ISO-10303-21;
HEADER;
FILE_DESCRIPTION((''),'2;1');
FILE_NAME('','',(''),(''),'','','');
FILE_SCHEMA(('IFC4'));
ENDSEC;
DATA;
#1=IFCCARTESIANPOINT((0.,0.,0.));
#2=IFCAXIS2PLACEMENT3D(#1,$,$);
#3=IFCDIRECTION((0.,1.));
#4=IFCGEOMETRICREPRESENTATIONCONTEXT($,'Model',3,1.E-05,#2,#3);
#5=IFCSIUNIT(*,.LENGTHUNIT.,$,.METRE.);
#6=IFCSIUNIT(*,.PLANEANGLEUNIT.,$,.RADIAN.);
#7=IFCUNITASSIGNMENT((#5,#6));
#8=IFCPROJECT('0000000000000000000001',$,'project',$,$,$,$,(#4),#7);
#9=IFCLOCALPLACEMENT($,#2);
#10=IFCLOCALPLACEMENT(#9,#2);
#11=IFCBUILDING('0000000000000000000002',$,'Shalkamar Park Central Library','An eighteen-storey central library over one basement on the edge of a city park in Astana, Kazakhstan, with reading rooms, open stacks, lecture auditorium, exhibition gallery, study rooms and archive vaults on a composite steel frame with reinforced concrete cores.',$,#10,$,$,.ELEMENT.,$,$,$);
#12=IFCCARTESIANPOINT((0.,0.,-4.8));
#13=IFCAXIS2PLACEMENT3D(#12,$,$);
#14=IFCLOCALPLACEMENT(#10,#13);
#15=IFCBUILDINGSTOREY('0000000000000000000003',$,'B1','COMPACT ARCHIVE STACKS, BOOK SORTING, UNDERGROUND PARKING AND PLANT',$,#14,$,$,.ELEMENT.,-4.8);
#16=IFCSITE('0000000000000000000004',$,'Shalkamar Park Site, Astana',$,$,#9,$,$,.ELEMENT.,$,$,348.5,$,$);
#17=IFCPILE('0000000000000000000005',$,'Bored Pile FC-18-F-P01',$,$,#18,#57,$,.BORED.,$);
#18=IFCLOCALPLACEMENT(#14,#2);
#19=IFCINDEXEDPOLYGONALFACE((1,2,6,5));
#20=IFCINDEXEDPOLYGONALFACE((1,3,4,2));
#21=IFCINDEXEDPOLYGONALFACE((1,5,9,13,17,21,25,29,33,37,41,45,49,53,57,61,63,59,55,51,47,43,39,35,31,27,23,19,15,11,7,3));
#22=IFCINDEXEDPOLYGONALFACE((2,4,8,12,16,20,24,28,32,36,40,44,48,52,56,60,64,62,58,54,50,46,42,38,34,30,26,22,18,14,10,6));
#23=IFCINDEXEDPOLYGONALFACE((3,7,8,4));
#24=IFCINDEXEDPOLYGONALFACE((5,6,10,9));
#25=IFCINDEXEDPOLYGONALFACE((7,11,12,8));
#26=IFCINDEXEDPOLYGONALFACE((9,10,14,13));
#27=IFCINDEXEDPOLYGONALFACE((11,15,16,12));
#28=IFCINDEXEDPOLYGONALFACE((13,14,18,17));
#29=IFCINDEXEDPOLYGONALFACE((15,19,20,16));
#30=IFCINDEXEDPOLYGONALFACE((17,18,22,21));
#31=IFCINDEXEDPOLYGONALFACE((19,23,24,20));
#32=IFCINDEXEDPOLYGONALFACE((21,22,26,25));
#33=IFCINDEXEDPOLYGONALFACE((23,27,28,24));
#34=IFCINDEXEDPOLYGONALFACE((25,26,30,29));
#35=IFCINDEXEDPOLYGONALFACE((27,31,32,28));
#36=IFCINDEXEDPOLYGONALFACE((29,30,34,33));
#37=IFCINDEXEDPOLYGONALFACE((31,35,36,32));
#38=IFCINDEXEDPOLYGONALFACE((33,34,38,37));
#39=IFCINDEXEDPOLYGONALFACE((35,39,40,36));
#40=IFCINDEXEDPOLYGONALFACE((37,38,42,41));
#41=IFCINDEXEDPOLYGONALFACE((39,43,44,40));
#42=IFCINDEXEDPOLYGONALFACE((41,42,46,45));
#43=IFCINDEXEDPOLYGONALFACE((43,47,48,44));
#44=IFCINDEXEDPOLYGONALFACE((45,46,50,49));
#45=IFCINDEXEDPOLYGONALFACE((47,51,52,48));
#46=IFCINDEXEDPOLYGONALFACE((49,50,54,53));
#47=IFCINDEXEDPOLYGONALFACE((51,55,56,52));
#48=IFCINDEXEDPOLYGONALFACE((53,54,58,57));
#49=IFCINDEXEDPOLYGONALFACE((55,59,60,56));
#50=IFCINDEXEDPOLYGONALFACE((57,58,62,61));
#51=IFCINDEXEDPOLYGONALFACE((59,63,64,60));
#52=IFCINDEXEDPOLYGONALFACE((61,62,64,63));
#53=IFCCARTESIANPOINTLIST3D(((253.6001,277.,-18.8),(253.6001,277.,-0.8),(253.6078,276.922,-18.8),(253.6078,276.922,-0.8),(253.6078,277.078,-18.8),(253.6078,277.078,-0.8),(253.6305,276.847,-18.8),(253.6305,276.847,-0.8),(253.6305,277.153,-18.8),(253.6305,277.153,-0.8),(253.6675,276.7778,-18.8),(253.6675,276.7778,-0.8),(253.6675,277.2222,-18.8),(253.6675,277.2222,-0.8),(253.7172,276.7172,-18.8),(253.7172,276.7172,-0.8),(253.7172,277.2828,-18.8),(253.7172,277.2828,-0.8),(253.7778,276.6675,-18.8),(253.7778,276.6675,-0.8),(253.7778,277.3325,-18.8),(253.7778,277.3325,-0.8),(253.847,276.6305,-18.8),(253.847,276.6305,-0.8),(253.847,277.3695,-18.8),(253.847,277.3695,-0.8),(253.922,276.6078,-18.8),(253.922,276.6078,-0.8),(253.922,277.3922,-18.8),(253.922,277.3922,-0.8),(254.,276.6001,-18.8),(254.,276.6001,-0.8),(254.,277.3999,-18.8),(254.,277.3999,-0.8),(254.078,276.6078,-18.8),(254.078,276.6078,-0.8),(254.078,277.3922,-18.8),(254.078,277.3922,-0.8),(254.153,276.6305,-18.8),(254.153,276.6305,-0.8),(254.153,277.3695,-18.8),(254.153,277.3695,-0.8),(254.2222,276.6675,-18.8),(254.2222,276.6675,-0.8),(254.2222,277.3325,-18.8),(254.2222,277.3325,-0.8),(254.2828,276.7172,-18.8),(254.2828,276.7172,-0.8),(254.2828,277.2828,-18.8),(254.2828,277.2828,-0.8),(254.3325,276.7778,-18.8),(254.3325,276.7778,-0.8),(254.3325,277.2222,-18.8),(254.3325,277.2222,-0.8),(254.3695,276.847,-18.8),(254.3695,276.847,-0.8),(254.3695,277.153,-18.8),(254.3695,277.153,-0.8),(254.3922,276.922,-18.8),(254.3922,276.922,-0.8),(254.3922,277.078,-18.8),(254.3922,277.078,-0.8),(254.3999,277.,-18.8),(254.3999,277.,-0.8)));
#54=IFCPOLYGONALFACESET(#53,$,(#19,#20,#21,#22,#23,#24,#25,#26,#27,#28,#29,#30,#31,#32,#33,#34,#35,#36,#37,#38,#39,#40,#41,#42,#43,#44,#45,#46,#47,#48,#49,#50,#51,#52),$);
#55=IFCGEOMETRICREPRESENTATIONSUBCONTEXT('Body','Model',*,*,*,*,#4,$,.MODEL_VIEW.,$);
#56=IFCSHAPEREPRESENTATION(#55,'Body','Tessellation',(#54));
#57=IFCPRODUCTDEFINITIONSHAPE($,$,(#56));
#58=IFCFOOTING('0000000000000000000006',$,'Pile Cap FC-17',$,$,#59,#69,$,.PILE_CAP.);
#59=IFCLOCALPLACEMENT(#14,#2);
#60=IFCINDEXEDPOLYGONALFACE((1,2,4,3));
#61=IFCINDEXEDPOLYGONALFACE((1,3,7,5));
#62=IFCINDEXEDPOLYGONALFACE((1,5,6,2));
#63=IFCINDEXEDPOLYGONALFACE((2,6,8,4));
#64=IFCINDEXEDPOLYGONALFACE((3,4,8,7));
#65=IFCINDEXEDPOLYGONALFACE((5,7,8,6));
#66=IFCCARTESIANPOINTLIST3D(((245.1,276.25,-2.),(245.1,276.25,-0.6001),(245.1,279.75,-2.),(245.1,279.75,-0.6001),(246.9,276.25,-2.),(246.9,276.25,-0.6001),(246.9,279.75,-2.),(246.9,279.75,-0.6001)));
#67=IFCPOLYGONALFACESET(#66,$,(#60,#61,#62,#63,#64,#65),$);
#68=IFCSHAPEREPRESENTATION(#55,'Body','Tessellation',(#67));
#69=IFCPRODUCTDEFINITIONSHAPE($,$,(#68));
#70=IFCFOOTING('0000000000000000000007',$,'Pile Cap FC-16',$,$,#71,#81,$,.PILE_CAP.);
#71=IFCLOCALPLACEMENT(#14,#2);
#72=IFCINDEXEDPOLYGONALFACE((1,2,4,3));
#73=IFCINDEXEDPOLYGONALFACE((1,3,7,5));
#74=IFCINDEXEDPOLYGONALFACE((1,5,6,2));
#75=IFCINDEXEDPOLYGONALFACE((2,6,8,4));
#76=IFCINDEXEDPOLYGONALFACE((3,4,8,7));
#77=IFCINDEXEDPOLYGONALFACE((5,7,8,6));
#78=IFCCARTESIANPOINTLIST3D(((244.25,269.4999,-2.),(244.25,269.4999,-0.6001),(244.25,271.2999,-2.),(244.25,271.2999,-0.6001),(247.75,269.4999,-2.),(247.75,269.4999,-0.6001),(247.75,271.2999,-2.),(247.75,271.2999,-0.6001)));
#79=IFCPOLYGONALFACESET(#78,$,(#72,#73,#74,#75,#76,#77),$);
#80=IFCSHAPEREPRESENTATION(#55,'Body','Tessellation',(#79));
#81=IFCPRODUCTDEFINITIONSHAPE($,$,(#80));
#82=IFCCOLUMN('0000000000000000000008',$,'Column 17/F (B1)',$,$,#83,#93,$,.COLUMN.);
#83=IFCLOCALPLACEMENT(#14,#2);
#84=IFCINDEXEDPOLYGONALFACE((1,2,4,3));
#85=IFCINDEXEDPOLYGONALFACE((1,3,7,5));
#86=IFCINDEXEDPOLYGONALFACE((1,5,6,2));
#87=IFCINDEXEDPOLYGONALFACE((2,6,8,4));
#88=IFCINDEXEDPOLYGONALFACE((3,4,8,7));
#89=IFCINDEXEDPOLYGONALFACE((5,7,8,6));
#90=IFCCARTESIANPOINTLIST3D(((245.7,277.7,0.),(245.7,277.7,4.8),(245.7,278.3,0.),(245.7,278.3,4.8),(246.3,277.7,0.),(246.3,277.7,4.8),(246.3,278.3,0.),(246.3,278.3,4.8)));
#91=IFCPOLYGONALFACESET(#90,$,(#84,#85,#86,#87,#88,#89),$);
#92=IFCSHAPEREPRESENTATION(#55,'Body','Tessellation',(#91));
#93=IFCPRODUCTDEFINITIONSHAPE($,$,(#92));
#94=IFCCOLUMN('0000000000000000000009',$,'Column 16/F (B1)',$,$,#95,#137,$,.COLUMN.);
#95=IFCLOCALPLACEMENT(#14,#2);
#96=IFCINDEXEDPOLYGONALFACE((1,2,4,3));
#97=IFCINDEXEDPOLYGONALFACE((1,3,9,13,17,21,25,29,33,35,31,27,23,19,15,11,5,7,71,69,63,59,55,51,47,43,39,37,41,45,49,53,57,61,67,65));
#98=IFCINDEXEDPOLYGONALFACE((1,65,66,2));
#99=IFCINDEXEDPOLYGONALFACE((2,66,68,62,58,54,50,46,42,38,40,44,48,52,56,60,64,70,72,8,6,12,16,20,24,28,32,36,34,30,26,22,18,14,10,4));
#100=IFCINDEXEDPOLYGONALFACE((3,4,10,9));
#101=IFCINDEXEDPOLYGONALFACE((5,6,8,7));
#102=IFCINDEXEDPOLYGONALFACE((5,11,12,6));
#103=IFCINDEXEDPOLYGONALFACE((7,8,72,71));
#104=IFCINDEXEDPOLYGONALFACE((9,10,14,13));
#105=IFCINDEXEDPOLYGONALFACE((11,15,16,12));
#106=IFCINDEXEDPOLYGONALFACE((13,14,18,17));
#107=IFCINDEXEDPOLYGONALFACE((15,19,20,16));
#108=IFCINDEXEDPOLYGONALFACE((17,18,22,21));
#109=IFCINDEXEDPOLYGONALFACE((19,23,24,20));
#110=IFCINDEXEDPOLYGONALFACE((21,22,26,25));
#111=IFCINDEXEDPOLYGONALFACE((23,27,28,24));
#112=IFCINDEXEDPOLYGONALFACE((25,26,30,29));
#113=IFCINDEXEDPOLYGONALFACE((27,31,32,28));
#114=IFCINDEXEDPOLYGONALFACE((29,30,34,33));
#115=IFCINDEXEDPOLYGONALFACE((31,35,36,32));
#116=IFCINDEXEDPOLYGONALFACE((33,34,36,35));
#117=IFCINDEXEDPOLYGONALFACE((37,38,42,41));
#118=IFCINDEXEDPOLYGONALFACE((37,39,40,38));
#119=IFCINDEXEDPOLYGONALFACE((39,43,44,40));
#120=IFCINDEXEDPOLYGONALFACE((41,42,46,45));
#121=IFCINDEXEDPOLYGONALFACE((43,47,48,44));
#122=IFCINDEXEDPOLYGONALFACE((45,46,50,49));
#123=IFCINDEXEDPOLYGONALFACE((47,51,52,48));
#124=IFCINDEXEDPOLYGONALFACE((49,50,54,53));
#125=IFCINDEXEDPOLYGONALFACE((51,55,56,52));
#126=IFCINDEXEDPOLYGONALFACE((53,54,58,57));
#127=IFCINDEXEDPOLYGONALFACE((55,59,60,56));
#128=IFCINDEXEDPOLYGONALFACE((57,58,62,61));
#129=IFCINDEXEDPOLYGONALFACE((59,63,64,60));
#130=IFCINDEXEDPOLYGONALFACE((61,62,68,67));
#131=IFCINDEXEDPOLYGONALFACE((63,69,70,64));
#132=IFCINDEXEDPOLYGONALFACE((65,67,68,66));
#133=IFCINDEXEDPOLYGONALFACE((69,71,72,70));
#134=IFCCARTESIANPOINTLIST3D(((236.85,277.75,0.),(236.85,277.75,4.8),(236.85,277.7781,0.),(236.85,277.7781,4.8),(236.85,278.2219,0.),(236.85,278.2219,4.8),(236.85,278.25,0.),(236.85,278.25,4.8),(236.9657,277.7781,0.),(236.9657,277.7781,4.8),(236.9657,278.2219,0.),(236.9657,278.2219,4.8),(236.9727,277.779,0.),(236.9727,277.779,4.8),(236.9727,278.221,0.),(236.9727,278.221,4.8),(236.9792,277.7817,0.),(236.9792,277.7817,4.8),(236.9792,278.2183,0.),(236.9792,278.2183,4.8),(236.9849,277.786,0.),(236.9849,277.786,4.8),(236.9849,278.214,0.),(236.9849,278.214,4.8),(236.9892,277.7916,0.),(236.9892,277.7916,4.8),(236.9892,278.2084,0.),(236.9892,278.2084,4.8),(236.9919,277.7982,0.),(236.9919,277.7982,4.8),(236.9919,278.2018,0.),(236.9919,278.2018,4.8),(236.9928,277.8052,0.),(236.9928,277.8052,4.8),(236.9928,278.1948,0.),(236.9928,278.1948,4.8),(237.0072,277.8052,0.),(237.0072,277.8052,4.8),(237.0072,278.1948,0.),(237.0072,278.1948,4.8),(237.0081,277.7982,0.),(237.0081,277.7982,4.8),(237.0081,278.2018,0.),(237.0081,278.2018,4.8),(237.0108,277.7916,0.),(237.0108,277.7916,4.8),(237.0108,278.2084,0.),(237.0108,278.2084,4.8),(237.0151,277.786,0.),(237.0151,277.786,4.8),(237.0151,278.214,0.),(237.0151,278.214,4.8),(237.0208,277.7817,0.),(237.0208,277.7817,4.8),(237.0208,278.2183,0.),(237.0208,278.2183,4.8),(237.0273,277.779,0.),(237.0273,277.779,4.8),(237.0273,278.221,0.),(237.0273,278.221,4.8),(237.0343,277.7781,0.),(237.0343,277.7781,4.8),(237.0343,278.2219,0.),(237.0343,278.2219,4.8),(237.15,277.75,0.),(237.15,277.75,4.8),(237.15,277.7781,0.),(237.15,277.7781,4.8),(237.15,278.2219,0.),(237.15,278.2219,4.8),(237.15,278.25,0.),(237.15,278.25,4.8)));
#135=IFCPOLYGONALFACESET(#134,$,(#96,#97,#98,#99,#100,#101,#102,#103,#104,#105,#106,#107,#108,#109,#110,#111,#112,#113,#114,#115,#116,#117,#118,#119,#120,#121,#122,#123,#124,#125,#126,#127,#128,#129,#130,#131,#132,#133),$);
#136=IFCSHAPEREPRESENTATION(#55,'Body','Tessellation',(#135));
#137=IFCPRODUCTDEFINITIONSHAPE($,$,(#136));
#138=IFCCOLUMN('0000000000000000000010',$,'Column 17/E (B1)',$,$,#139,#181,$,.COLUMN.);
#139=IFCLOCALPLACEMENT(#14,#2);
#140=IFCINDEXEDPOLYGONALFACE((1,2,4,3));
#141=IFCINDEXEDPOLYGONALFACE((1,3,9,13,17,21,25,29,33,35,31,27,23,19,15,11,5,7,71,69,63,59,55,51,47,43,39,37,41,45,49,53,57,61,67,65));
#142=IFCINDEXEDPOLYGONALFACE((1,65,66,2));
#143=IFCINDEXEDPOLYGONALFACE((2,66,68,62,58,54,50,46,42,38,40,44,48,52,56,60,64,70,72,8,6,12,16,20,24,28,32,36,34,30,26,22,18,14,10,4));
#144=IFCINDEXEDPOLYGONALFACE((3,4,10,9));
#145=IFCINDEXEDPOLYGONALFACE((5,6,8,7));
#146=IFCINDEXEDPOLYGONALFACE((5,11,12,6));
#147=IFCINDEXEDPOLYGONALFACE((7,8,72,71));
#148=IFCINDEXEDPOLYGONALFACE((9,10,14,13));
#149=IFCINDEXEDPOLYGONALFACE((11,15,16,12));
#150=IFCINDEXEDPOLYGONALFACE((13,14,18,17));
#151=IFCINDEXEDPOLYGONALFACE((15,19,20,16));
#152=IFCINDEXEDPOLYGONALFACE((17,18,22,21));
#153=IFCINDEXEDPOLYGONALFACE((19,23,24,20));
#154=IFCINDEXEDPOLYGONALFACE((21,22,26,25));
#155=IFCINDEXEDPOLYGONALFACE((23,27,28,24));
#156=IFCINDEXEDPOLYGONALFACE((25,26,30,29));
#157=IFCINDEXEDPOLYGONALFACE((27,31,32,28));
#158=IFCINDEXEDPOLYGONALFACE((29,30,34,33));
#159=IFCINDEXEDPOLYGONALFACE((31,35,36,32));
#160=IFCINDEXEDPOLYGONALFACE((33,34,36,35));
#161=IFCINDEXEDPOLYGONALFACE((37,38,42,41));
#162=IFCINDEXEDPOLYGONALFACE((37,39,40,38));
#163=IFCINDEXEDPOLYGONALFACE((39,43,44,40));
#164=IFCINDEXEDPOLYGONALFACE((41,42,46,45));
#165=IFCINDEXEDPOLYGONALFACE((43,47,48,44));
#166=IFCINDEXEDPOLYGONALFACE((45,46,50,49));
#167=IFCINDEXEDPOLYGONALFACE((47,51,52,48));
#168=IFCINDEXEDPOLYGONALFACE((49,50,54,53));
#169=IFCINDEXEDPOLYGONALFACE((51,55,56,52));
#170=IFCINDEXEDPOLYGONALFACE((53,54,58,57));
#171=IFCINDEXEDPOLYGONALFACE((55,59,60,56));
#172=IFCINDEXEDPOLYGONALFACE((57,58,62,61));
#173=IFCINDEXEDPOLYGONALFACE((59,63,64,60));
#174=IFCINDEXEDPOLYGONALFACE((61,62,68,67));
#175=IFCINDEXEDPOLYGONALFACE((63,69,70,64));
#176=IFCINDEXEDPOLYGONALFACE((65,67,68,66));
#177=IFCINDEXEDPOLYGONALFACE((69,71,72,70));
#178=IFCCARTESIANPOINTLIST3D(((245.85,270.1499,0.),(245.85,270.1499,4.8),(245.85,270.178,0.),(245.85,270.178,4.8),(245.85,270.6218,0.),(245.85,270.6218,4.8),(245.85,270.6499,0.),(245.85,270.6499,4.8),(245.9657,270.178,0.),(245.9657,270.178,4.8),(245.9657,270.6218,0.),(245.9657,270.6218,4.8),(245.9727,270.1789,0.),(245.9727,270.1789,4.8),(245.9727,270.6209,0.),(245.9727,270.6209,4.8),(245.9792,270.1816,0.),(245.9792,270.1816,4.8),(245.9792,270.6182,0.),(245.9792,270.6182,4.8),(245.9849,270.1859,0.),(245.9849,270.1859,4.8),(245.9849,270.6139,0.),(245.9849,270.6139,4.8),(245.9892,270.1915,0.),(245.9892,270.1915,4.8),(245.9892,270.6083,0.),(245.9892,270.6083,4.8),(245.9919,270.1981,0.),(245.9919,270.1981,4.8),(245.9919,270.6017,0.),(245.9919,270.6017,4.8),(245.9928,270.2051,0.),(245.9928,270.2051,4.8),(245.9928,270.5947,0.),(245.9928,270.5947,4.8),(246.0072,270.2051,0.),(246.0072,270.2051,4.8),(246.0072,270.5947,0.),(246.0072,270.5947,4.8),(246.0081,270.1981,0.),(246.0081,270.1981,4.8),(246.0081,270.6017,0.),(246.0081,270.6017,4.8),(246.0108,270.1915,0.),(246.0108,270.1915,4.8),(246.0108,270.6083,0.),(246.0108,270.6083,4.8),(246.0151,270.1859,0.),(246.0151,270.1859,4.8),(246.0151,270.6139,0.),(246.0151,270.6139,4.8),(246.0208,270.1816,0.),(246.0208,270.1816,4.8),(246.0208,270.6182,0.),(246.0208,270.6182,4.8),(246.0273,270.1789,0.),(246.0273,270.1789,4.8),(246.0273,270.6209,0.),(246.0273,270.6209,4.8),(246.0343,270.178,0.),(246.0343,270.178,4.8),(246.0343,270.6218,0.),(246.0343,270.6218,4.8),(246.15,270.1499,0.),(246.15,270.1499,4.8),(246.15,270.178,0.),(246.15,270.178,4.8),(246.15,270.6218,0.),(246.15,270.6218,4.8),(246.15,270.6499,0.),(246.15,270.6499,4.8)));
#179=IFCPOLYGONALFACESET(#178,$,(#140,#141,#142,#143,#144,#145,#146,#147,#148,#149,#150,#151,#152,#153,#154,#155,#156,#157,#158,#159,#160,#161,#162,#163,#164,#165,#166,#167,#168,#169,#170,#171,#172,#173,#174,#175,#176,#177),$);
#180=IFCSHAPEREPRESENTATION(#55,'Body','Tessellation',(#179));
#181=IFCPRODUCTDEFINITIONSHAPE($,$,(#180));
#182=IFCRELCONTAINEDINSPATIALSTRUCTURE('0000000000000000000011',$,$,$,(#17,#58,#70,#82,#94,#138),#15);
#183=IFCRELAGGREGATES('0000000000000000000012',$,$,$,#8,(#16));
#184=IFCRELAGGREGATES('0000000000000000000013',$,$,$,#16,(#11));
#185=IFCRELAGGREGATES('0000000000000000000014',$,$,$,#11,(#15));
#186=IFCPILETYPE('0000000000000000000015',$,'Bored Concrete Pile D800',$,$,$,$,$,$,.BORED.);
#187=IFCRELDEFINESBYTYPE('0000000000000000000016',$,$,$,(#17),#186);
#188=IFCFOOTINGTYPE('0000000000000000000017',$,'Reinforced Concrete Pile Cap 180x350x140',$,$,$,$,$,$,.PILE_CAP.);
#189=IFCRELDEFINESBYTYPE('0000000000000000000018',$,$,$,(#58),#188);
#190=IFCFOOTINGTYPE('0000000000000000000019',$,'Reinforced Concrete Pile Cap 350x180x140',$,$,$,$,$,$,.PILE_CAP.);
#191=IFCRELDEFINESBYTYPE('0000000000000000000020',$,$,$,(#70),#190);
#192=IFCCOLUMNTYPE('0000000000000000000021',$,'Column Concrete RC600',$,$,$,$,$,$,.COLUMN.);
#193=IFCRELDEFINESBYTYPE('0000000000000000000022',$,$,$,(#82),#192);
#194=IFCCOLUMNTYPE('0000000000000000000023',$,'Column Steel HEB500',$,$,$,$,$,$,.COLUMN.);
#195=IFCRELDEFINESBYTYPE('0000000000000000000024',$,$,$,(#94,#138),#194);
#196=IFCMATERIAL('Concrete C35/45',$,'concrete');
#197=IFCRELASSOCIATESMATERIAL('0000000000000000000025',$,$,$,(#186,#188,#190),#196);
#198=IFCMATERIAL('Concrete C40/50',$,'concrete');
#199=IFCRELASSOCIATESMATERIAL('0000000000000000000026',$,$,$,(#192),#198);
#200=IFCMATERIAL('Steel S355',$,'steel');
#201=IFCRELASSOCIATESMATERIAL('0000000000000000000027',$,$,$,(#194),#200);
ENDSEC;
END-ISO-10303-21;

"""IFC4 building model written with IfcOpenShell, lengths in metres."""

from ifc_helpers import new_model, si_unit, direction, frame, origin, origin_2d, place, context, subcontext, project, spatial, rectangle, circle, i_section, extrude, material, material_profile, profile_set, type_object, element, save


model = new_model("IFC4")

# Units and contexts
model_context = context("Model", 3, precision=1e-05, world=origin(), true_north=direction((0.0, 1.0)))
body_context = subcontext(model_context, "Body", "Model", "MODEL_VIEW")
ifc_project = project(units=[si_unit("LENGTHUNIT", "METRE"), si_unit("PLANEANGLEUNIT", "RADIAN")], contexts=[model_context])

# Site, building, storey
site_placement = place(None, origin())
site = spatial("IfcSite", under=ifc_project, at=site_placement, Name="Shalkamar Park Site, Astana", CompositionType="ELEMENT", RefElevation=348.5)
building_placement = place(site_placement, origin())
building = spatial("IfcBuilding", under=site, at=building_placement, Name="Shalkamar Park Central Library", Description="An eighteen-storey central library over one basement on the edge of a city park in Astana, Kazakhstan, with reading rooms, open stacks, lecture auditorium, exhibition gallery, study rooms and archive vaults on a composite steel frame with reinforced concrete cores.", CompositionType="ELEMENT")
storey_placement = place(building_placement, frame((0.0, 0.0, -4.8)))
storey = spatial("IfcBuildingStorey", under=building, at=storey_placement, Name="B1", Description="COMPACT ARCHIVE STACKS, BOOK SORTING, UNDERGROUND PARKING AND PLANT", CompositionType="ELEMENT", Elevation=-4.8)

# Pile
ifc_material_1 = material(Name="Concrete C35/45", Category="concrete")
ifc_material_profile_1 = material_profile(ifc_material_1, circle(Radius=0.3999, at=origin_2d()), Name="PILE D800")
ifc_profile_set_1 = profile_set([ifc_material_profile_1], Name="Concrete C35/45")
pile_type = type_object("IfcPileType", Name="Bored Concrete Pile D800", PredefinedType="BORED", material=ifc_profile_set_1)
for number, where, z_axis, x_axis, name in (
    (1, (254.0, 277.0, -0.8), (0.0, 0.0, -1.0), (1.0, 0.0, 0.0), "Bored Pile FC-18-F-P01"),
):
    element("IfcPile", number, at=place(storey_placement, frame(where, z_axis=z_axis, x_axis=x_axis)), inside=storey, type_object=pile_type, Name=name, PredefinedType="BORED", context=body_context, shape_type="SweptSolid", body=[
        extrude(circle(Radius=0.3999, at=origin_2d()), origin(), (0.0, 0.0, 1.0), 18.0),
    ])

# Footings
footing_type_1 = type_object("IfcFootingType", Name="Reinforced Concrete Pile Cap 180x350x140", PredefinedType="PILE_CAP", material=ifc_material_1)
footing_1_placement = place(storey_placement, frame((246.0, 278.0, -2.0), z_axis=(0.0, 0.0, 1.0), x_axis=(1.0, 0.0, 0.0)))
element("IfcFooting", 2, at=footing_1_placement, inside=storey, type_object=footing_type_1, Name="Pile Cap FC-17", PredefinedType="PILE_CAP", context=body_context, shape_type="SweptSolid", body=[
    extrude(rectangle(XDim=1.8, YDim=3.5, at=origin_2d()), origin(), (0.0, 0.0, 1.0), 1.3999),
])
footing_type_2 = type_object("IfcFootingType", Name="Reinforced Concrete Pile Cap 350x180x140", PredefinedType="PILE_CAP", material=ifc_material_1)
footing_2_placement = place(storey_placement, frame((246.0, 270.3999, -2.0), z_axis=(0.0, 0.0, 1.0), x_axis=(1.0, 0.0, 0.0)))
element("IfcFooting", 3, at=footing_2_placement, inside=storey, type_object=footing_type_2, Name="Pile Cap FC-16", PredefinedType="PILE_CAP", context=body_context, shape_type="SweptSolid", body=[
    extrude(rectangle(XDim=3.5, YDim=1.8, at=origin_2d()), origin(), (0.0, 0.0, 1.0), 1.3999),
])

# Columns
ifc_material_2 = material(Name="Concrete C40/50", Category="concrete")
ifc_material_profile_2 = material_profile(ifc_material_2, rectangle(XDim=0.6001, YDim=0.6001, at=origin_2d()), Name="RC 600x600")
ifc_profile_set_2 = profile_set([ifc_material_profile_2], Name="Concrete C40/50")
column_type_1 = type_object("IfcColumnType", Name="Column Concrete RC600", PredefinedType="COLUMN", material=ifc_profile_set_2)
column_placement = place(storey_placement, frame((246.0, 278.0, 0.0), z_axis=(0.0, 0.0, 1.0), x_axis=(1.0, 0.0, 0.0)))
element("IfcColumn", 4, at=column_placement, inside=storey, type_object=column_type_1, Name="Column 17/F (B1)", PredefinedType="COLUMN", context=body_context, shape_type="SweptSolid", body=[
    extrude(rectangle(XDim=0.6001, YDim=0.6001, at=origin_2d()), origin(), (0.0, 0.0, 1.0), 4.8),
])
ifc_material_3 = material(Name="Steel S355", Category="steel")
ifc_material_profile_3 = material_profile(ifc_material_3, i_section(OverallWidth=0.3, OverallDepth=0.5, WebThickness=0.0144, FlangeThickness=0.0281, FilletRadius=0.0271, at=origin_2d()), Name="HEB 500")
ifc_profile_set_3 = profile_set([ifc_material_profile_3], Name="Steel S355")
column_type_2 = type_object("IfcColumnType", Name="Column Steel HEB500", PredefinedType="COLUMN", material=ifc_profile_set_3)
for number, where, z_axis, x_axis, name in (
    (5, (237.0, 278.0, 0.0), (0.0, 0.0, 1.0), (1.0, 0.0, 0.0), "Column 16/F (B1)"),
    (6, (246.0, 270.3999, 0.0), (0.0, 0.0, 1.0), (1.0, 0.0, 0.0), "Column 17/E (B1)"),
):
    element("IfcColumn", number, at=place(storey_placement, frame(where, z_axis=z_axis, x_axis=x_axis)), inside=storey, type_object=column_type_2, Name=name, PredefinedType="COLUMN", context=body_context, shape_type="SweptSolid", body=[
        extrude(i_section(OverallWidth=0.3, OverallDepth=0.5, WebThickness=0.0144, FlangeThickness=0.0281, FilletRadius=0.0271, at=origin_2d()), origin(), (0.0, 0.0, 1.0), 4.8),
    ])

save(model, "model.ifc")
